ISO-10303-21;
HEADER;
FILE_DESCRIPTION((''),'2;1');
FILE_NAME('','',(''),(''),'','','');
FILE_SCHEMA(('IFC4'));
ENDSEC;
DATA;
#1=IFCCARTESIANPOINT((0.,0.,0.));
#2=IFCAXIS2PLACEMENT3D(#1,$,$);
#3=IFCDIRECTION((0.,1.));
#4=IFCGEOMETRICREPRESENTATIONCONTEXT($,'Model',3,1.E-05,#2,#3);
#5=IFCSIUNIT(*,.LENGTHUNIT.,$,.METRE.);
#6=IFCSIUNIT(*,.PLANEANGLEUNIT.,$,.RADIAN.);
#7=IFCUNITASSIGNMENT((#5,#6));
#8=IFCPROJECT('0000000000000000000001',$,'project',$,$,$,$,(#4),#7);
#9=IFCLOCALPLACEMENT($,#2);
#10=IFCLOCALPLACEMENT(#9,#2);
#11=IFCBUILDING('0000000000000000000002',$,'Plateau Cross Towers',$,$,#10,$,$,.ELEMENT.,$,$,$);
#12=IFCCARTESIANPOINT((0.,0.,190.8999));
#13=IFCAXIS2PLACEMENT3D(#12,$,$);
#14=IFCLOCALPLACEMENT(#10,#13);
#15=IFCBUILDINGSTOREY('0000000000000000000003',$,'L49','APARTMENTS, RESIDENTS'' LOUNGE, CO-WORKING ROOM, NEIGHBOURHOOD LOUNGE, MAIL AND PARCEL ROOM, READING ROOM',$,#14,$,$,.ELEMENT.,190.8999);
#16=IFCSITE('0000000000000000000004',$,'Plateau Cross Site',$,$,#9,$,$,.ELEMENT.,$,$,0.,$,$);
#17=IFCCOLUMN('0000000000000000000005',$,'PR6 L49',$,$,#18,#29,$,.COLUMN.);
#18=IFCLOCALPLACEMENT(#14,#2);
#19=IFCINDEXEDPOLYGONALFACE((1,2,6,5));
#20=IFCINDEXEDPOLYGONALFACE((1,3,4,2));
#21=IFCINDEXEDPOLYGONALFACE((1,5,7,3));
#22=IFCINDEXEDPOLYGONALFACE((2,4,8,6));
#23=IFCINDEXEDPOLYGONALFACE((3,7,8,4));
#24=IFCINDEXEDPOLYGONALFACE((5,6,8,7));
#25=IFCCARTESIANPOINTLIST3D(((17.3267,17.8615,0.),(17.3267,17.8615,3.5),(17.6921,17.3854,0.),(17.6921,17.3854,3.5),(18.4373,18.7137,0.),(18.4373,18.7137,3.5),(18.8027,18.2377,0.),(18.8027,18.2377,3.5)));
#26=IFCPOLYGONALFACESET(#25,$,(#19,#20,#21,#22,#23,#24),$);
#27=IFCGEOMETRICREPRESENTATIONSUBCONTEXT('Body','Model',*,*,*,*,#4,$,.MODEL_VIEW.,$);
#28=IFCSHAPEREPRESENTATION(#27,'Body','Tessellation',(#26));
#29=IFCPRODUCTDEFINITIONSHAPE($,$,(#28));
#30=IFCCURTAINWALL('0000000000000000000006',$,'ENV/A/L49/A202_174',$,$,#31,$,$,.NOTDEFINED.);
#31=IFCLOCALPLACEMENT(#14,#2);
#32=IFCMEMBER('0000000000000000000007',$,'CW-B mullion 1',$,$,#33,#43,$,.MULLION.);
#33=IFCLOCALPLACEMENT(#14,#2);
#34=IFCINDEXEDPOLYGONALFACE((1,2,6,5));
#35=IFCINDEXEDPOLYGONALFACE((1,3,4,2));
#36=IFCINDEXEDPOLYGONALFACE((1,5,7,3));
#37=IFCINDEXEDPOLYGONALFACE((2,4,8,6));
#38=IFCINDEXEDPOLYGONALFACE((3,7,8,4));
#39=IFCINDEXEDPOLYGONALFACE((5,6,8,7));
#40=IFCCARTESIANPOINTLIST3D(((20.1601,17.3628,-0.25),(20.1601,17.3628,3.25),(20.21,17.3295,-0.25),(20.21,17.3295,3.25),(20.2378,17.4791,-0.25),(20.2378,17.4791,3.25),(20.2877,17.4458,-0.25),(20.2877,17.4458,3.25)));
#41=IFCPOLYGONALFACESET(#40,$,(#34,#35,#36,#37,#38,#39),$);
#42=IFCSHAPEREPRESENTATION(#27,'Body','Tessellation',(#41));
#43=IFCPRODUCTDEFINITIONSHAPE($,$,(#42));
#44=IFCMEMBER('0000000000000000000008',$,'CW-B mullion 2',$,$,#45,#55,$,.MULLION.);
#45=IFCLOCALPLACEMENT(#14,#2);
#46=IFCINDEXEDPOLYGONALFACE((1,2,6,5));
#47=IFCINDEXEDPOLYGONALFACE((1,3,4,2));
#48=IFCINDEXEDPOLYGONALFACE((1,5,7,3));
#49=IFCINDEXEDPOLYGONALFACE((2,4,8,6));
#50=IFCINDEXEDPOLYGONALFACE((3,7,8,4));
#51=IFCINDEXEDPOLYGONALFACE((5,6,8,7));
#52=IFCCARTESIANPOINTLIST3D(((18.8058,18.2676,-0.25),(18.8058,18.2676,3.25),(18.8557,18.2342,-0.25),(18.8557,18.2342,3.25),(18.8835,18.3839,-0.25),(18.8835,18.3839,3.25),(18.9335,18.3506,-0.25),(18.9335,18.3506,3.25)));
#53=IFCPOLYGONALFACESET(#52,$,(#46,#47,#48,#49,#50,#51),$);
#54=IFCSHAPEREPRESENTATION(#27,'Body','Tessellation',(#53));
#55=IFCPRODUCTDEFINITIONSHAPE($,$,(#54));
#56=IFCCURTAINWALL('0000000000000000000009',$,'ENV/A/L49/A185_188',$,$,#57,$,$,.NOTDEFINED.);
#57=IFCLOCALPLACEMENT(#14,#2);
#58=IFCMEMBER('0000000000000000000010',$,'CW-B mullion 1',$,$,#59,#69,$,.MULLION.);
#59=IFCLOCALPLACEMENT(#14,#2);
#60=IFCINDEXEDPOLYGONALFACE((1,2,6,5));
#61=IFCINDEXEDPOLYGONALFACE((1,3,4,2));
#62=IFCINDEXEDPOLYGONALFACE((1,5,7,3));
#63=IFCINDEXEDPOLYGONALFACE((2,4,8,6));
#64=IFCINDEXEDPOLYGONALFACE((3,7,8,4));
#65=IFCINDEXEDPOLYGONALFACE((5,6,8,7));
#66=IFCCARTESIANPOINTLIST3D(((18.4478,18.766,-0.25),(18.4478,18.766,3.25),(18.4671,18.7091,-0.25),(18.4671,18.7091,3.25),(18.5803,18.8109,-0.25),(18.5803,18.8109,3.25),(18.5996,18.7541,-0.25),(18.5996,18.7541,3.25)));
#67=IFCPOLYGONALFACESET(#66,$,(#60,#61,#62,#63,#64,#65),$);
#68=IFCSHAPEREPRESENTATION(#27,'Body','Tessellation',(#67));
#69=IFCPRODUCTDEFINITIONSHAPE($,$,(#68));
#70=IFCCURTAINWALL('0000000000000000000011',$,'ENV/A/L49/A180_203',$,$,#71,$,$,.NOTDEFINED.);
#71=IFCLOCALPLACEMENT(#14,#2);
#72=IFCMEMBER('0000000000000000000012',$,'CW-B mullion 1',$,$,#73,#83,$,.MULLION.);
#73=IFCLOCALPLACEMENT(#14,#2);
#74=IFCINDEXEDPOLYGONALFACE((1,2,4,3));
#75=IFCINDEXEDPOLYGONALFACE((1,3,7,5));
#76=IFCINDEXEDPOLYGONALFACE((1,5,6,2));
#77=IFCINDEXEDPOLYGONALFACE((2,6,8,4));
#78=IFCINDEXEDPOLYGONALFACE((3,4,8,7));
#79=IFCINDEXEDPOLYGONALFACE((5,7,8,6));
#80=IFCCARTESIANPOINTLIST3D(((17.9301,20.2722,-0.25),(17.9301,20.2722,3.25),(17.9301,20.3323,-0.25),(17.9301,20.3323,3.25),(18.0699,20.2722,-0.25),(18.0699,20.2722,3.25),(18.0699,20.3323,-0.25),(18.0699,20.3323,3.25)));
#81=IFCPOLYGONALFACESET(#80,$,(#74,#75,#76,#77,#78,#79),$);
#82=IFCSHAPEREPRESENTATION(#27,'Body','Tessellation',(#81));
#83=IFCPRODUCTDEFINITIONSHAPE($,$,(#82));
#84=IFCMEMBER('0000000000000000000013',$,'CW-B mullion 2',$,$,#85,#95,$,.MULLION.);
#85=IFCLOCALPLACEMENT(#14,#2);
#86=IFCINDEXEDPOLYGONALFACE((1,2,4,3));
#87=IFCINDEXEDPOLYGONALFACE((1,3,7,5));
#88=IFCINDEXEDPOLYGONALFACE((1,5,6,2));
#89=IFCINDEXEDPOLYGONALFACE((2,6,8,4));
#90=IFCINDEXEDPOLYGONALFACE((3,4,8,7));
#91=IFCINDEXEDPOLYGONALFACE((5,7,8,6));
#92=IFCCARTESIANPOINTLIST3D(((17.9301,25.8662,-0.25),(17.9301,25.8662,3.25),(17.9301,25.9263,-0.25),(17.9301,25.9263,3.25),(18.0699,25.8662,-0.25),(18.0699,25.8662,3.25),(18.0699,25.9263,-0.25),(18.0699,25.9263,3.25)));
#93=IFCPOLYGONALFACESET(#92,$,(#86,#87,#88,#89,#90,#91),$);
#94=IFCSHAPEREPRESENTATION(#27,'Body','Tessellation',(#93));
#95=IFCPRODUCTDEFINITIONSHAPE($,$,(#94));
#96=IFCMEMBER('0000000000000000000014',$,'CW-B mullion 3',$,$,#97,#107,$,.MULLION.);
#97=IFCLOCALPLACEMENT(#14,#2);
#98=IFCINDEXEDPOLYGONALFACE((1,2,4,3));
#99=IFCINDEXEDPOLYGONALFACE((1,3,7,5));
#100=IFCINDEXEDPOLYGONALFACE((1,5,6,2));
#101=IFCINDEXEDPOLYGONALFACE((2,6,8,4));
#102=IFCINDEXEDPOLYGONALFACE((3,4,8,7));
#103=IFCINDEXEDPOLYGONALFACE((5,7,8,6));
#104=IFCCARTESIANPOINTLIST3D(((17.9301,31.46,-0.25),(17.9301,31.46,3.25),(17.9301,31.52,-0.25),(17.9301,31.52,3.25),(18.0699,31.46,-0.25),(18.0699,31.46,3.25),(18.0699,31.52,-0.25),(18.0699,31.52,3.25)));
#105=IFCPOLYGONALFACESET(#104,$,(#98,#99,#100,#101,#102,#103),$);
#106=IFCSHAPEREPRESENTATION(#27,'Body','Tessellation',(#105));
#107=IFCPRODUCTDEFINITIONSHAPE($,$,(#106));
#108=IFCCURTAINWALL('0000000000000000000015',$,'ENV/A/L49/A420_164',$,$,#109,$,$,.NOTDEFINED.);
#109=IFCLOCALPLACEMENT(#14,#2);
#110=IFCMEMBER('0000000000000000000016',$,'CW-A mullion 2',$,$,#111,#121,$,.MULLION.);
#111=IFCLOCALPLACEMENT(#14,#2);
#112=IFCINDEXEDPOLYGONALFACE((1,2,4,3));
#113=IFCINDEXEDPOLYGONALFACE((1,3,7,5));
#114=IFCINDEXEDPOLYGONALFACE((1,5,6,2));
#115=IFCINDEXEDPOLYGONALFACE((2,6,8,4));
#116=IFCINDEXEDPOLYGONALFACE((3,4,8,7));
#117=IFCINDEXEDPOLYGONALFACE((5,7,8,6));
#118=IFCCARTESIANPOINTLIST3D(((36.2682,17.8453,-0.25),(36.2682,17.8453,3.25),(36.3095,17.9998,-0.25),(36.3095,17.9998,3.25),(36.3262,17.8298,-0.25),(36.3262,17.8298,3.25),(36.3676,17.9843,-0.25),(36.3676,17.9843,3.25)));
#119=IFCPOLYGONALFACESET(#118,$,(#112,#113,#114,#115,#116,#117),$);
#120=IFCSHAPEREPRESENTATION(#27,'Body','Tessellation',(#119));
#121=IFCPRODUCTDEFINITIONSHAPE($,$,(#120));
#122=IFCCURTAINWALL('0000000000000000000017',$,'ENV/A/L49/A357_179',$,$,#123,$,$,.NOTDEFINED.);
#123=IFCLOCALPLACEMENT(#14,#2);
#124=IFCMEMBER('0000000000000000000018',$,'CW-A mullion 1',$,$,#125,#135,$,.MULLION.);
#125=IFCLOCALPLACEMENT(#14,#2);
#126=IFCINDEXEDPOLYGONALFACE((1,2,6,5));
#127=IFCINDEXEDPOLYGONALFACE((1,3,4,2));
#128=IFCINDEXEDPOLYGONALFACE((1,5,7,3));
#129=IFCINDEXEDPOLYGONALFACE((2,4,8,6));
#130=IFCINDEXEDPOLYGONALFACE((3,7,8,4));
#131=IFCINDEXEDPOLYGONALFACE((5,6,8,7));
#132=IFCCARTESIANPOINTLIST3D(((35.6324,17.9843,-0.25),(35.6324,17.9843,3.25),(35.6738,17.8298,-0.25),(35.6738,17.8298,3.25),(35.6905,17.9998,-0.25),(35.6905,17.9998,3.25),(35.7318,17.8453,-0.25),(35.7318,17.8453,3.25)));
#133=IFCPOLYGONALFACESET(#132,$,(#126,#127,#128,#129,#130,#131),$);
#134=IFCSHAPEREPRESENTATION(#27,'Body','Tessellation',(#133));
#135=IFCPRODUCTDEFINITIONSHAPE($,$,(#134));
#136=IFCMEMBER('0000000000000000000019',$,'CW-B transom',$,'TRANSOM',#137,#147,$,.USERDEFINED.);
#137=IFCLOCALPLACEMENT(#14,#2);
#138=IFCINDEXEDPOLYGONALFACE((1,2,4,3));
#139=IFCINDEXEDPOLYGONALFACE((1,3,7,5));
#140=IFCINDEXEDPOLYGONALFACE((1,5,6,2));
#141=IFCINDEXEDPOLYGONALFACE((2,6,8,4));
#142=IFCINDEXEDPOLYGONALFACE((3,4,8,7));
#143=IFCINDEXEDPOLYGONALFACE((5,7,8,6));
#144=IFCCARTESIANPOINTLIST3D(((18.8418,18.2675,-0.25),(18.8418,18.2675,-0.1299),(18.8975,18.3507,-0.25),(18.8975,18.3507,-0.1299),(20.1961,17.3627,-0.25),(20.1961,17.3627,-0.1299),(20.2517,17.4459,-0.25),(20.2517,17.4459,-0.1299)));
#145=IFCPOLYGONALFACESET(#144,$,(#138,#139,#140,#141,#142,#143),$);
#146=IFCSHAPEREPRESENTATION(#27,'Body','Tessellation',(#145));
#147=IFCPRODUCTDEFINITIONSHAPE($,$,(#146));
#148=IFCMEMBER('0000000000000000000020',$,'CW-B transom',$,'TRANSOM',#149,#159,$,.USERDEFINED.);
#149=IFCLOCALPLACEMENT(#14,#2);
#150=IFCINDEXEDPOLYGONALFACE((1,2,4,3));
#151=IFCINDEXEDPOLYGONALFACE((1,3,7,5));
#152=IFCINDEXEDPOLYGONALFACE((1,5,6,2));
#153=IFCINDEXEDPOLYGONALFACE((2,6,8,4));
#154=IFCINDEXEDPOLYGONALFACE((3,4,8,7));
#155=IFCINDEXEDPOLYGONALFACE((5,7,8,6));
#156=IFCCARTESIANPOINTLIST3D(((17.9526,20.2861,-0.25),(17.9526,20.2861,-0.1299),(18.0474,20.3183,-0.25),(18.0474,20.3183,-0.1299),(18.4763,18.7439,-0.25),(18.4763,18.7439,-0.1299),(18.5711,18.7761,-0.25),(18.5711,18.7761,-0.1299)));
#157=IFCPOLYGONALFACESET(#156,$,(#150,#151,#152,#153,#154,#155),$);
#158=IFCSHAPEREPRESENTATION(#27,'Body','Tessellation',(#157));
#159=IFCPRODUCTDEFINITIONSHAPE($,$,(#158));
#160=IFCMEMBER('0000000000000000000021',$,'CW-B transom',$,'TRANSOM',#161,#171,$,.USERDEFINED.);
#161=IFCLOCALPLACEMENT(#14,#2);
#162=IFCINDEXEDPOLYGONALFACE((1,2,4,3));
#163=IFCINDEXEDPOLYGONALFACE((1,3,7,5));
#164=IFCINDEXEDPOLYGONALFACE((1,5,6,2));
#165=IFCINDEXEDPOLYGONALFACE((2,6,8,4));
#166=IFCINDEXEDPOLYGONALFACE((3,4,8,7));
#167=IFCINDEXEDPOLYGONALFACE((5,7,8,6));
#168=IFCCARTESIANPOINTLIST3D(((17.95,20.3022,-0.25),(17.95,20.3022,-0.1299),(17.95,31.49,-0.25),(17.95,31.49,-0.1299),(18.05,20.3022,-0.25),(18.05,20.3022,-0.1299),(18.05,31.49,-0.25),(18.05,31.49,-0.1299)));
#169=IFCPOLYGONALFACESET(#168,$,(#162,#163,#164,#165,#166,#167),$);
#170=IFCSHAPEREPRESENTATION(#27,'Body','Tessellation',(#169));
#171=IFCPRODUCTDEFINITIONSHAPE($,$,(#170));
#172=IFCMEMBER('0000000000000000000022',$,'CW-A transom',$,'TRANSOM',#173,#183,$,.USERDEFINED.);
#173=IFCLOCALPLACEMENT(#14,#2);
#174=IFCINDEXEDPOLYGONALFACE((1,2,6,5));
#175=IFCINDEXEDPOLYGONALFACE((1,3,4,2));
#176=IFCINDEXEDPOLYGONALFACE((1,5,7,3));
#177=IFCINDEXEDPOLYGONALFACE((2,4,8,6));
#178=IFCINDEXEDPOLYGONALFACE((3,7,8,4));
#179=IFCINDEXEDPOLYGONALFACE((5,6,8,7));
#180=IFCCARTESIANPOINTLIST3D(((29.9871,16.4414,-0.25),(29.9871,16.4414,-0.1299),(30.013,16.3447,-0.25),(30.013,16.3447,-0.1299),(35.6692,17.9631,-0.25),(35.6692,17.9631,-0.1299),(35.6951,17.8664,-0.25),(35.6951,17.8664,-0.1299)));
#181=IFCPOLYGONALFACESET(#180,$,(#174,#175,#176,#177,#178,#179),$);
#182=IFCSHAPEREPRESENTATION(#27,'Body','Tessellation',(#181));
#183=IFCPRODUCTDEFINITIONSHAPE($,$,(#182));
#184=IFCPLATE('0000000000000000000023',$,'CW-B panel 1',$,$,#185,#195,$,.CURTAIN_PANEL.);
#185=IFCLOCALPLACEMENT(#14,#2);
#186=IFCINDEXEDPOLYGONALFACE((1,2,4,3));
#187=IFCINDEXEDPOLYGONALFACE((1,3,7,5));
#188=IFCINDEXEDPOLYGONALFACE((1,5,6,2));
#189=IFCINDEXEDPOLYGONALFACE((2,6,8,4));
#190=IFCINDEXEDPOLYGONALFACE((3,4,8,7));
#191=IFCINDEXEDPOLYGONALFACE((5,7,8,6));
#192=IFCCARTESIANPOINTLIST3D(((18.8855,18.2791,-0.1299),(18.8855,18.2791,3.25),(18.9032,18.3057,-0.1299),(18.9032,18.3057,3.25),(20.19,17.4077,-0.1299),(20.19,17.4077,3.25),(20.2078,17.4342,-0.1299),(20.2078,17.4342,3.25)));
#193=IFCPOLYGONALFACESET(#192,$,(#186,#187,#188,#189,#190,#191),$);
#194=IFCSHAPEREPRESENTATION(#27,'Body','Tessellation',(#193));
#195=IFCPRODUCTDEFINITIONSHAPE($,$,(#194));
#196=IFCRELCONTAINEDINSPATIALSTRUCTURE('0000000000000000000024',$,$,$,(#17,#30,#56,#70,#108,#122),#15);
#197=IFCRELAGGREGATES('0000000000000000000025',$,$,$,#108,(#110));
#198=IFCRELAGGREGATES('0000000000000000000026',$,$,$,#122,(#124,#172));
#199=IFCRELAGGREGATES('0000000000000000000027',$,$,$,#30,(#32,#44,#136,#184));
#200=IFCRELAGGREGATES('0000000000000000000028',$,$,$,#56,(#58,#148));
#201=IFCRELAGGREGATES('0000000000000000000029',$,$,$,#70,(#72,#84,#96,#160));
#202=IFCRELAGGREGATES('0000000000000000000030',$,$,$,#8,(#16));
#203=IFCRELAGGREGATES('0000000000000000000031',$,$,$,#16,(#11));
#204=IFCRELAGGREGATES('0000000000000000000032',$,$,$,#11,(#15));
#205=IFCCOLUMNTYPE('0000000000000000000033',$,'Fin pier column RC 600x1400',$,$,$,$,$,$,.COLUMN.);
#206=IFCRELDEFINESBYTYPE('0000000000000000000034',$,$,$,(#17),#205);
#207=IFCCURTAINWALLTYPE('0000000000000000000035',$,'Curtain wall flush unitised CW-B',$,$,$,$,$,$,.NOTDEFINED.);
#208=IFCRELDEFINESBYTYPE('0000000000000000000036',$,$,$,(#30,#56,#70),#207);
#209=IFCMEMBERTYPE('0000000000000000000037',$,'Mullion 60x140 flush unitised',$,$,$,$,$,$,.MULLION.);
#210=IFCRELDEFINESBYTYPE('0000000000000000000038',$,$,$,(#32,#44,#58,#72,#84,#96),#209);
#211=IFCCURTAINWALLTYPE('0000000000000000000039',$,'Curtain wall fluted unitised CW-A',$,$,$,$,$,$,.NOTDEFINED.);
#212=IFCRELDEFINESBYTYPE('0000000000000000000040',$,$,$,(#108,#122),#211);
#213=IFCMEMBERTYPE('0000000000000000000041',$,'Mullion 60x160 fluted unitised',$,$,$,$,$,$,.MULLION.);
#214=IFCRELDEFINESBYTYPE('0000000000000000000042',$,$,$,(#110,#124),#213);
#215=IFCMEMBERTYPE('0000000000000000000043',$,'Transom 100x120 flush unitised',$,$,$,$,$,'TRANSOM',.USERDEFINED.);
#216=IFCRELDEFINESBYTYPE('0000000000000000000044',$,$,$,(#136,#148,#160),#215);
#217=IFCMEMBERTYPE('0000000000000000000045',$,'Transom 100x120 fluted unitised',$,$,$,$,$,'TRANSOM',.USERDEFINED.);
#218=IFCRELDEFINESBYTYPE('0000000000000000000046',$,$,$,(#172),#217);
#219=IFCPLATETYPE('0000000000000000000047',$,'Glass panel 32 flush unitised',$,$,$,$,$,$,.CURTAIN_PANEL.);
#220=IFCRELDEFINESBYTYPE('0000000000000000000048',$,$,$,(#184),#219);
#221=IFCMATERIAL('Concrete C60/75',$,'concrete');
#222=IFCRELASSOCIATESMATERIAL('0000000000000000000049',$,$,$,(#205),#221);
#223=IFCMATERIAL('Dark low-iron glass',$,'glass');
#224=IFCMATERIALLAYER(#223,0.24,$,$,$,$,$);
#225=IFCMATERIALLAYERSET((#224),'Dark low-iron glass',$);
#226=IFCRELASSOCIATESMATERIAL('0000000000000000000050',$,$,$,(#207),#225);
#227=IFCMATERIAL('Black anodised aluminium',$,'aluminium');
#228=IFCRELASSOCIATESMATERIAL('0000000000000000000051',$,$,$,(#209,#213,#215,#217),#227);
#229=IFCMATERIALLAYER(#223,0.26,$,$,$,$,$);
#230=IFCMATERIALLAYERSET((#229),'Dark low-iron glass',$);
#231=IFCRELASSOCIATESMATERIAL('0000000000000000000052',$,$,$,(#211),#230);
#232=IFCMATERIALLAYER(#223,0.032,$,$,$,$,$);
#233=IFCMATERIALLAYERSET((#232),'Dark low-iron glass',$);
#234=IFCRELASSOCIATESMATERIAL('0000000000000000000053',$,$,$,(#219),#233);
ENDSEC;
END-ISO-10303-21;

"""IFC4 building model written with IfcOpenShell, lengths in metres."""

from ifc_helpers import new_model, si_unit, direction, frame, origin, origin_2d, place, context, subcontext, project, spatial, rectangle, extrude, material, layer, layer_set, material_profile, profile_set, type_object, element, aggregate, save


model = new_model("IFC4")

# Units and contexts
model_context = context("Model", 3, precision=1e-05, world=origin(), true_north=direction((0.0, 1.0)))
body_context = subcontext(model_context, "Body", "Model", "MODEL_VIEW")
ifc_project = project(units=[si_unit("LENGTHUNIT", "METRE"), si_unit("PLANEANGLEUNIT", "RADIAN")], contexts=[model_context])

# Site, building, storey
site_placement = place(None, origin())
site = spatial("IfcSite", under=ifc_project, at=site_placement, Name="Plateau Cross Site", CompositionType="ELEMENT", RefElevation=0.0)
building_placement = place(site_placement, origin())
building = spatial("IfcBuilding", under=site, at=building_placement, Name="Plateau Cross Towers", CompositionType="ELEMENT")
storey_placement = place(building_placement, frame((0.0, 0.0, 190.8999)))
storey = spatial("IfcBuildingStorey", under=building, at=storey_placement, Name="L49", Description="APARTMENTS, RESIDENTS' LOUNGE, CO-WORKING ROOM, NEIGHBOURHOOD LOUNGE, MAIL AND PARCEL ROOM, READING ROOM", CompositionType="ELEMENT", Elevation=190.8999)

# Column
ifc_material_1 = material(Name="Concrete C60/75", Category="concrete")
ifc_material_profile_1 = material_profile(ifc_material_1, rectangle(XDim=0.6001, YDim=1.3999, at=origin_2d()), Name="RC 600x1400")
ifc_profile_set_1 = profile_set([ifc_material_profile_1], Name="Concrete C60/75")
column_type = type_object("IfcColumnType", Name="Fin pier column RC 600x1400", PredefinedType="COLUMN", material=ifc_profile_set_1)
column_placement = place(storey_placement, frame((18.0647, 18.0496, 0.0), z_axis=(0.0, 0.0, 1.0), x_axis=(-0.608811, 0.793315, 0.0)))
element("IfcColumn", 1, at=column_placement, inside=storey, type_object=column_type, Name="PR6 L49", PredefinedType="COLUMN", context=body_context, shape_type="SweptSolid", body=[
    extrude(rectangle(XDim=0.6001, YDim=1.3999, at=origin_2d()), origin(), (0.0, 0.0, 1.0), 3.5),
])

# Curtain wall, members
ifc_material_2 = material(Name="Dark low-iron glass", Category="glass")
ifc_layer_1 = layer(ifc_material_2, 0.24)
ifc_layer_set_1 = layer_set([ifc_layer_1], Name="Dark low-iron glass")
curtain_wall_type_1 = type_object("IfcCurtainWallType", Name="Curtain wall flush unitised CW-B", PredefinedType="NOTDEFINED", material=ifc_layer_set_1)
curtain_wall_1_placement = place(storey_placement, origin())
curtain_wall_1 = element("IfcCurtainWall", 2, at=curtain_wall_1_placement, inside=storey, type_object=curtain_wall_type_1, Name="ENV/A/L49/A202_174", PredefinedType="NOTDEFINED")
ifc_material_3 = material(Name="Black anodised aluminium", Category="aluminium")
ifc_material_profile_2 = material_profile(ifc_material_3, rectangle(XDim=0.0601, YDim=0.1399, at=origin_2d()), Name="MULLION 60x140")
ifc_profile_set_2 = profile_set([ifc_material_profile_2], Name="Black anodised aluminium")
member_type_1 = type_object("IfcMemberType", Name="Mullion 60x140 flush unitised", PredefinedType="MULLION", material=ifc_profile_set_2)
member_1_placement = place(storey_placement, frame((20.2239, 17.4043, -0.25), z_axis=(0.0, 0.0, 1.0), x_axis=(-0.831521, 0.555493, 0.0)))
member_1 = element("IfcMember", 3, at=member_1_placement, type_object=member_type_1, Name="CW-B mullion 1", PredefinedType="MULLION", context=body_context, shape_type="SweptSolid", body=[
    extrude(rectangle(XDim=0.0601, YDim=0.1399, at=origin_2d()), origin(), (0.0, 0.0, 1.0), 3.5),
])
member_2_placement = place(storey_placement, frame((18.8696, 18.3091, -0.25), z_axis=(0.0, 0.0, 1.0), x_axis=(-0.831521, 0.555493, 0.0)))
member_2 = element("IfcMember", 4, at=member_2_placement, type_object=member_type_1, Name="CW-B mullion 2", PredefinedType="MULLION", context=body_context, shape_type="SweptSolid", body=[
    extrude(rectangle(XDim=0.0601, YDim=0.1399, at=origin_2d()), origin(), (0.0, 0.0, 1.0), 3.5),
])

# Curtain wall, member
curtain_wall_2_placement = place(storey_placement, origin())
curtain_wall_2 = element("IfcCurtainWall", 5, at=curtain_wall_2_placement, inside=storey, type_object=curtain_wall_type_1, Name="ENV/A/L49/A185_188", PredefinedType="NOTDEFINED")
member_3_placement = place(storey_placement, frame((18.5237, 18.76, -0.25), z_axis=(0.0, 0.0, 1.0), x_axis=(-0.321469, 0.94692, 0.0)))
member_3 = element("IfcMember", 6, at=member_3_placement, type_object=member_type_1, Name="CW-B mullion 1", PredefinedType="MULLION", context=body_context, shape_type="SweptSolid", body=[
    extrude(rectangle(XDim=0.0601, YDim=0.1399, at=origin_2d()), origin(), (0.0, 0.0, 1.0), 3.5),
])

# Curtain wall, members
curtain_wall_3_placement = place(storey_placement, origin())
curtain_wall_3 = element("IfcCurtainWall", 7, at=curtain_wall_3_placement, inside=storey, type_object=curtain_wall_type_1, Name="ENV/A/L49/A180_203", PredefinedType="NOTDEFINED")
member_4_placement = place(storey_placement, frame((18.0, 20.3022, -0.25), z_axis=(0.0, 0.0, 1.0), x_axis=(0.0, 1.0, 0.0)))
member_4 = element("IfcMember", 8, at=member_4_placement, type_object=member_type_1, Name="CW-B mullion 1", PredefinedType="MULLION", context=body_context, shape_type="SweptSolid", body=[
    extrude(rectangle(XDim=0.0601, YDim=0.1399, at=origin_2d()), origin(), (0.0, 0.0, 1.0), 3.5),
])
member_5_placement = place(storey_placement, frame((18.0, 25.8962, -0.25), z_axis=(0.0, 0.0, 1.0), x_axis=(0.0, 1.0, 0.0)))
member_5 = element("IfcMember", 9, at=member_5_placement, type_object=member_type_1, Name="CW-B mullion 2", PredefinedType="MULLION", context=body_context, shape_type="SweptSolid", body=[
    extrude(rectangle(XDim=0.0601, YDim=0.1399, at=origin_2d()), origin(), (0.0, 0.0, 1.0), 3.5),
])
member_6_placement = place(storey_placement, frame((18.0, 31.49, -0.25), z_axis=(0.0, 0.0, 1.0), x_axis=(0.0, 1.0, 0.0)))
member_6 = element("IfcMember", 10, at=member_6_placement, type_object=member_type_1, Name="CW-B mullion 3", PredefinedType="MULLION", context=body_context, shape_type="SweptSolid", body=[
    extrude(rectangle(XDim=0.0601, YDim=0.1399, at=origin_2d()), origin(), (0.0, 0.0, 1.0), 3.5),
])

# Curtain walls, members
ifc_layer_2 = layer(ifc_material_2, 0.26)
ifc_layer_set_2 = layer_set([ifc_layer_2], Name="Dark low-iron glass")
curtain_wall_type_2 = type_object("IfcCurtainWallType", Name="Curtain wall fluted unitised CW-A", PredefinedType="NOTDEFINED", material=ifc_layer_set_2)
curtain_wall_4_placement = place(storey_placement, origin())
curtain_wall_4 = element("IfcCurtainWall", 11, at=curtain_wall_4_placement, inside=storey, type_object=curtain_wall_type_2, Name="ENV/A/L49/A420_164", PredefinedType="NOTDEFINED")
ifc_material_profile_3 = material_profile(ifc_material_3, rectangle(XDim=0.0601, YDim=0.1599, at=origin_2d()), Name="MULLION 60x160")
ifc_profile_set_3 = profile_set([ifc_material_profile_3], Name="Black anodised aluminium")
member_type_2 = type_object("IfcMemberType", Name="Mullion 60x160 fluted unitised", PredefinedType="MULLION", material=ifc_profile_set_3)
member_7_placement = place(storey_placement, frame((36.3179, 17.9148, -0.25), z_axis=(0.0, 0.0, 1.0), x_axis=(-0.965958, 0.258699, 0.0)))
member_7 = element("IfcMember", 12, at=member_7_placement, type_object=member_type_2, Name="CW-A mullion 2", PredefinedType="MULLION", context=body_context, shape_type="SweptSolid", body=[
    extrude(rectangle(XDim=0.0601, YDim=0.1599, at=origin_2d()), origin(), (0.0, 0.0, 1.0), 3.5),
])
aggregate(curtain_wall_4, [member_7])
curtain_wall_5_placement = place(storey_placement, origin())
curtain_wall_5 = element("IfcCurtainWall", 13, at=curtain_wall_5_placement, inside=storey, type_object=curtain_wall_type_2, Name="ENV/A/L49/A357_179", PredefinedType="NOTDEFINED")
member_8_placement = place(storey_placement, frame((35.6821, 17.9148, -0.25), z_axis=(0.0, 0.0, 1.0), x_axis=(-0.965958, -0.258699, 0.0)))
member_8 = element("IfcMember", 14, at=member_8_placement, type_object=member_type_2, Name="CW-A mullion 1", PredefinedType="MULLION", context=body_context, shape_type="SweptSolid", body=[
    extrude(rectangle(XDim=0.0601, YDim=0.1599, at=origin_2d()), origin(), (0.0, 0.0, 1.0), 3.5),
])

# Members
ifc_material_profile_4 = material_profile(ifc_material_3, rectangle(XDim=0.1001, YDim=0.1201, at=origin_2d()), Name="TRANSOM 100x120")
ifc_profile_set_4 = profile_set([ifc_material_profile_4], Name="Black anodised aluminium")
member_type_3 = type_object("IfcMemberType", Name="Transom 100x120 flush unitised", ElementType="TRANSOM", PredefinedType="USERDEFINED", material=ifc_profile_set_4)
member_9_placement = place(storey_placement, frame((20.2239, 17.4043, -0.1899), z_axis=(-0.831496, 0.55553, 0.0), x_axis=(-0.55553, -0.831496, 0.0)))
member_9 = element("IfcMember", 15, at=member_9_placement, type_object=member_type_3, Name="CW-B transom", ObjectType="TRANSOM", PredefinedType="USERDEFINED", context=body_context, shape_type="SweptSolid", body=[
    extrude(rectangle(XDim=0.1001, YDim=0.1201, at=origin_2d()), origin(), (0.0, 0.0, 1.0), 1.6287),
])
member_10_placement = place(storey_placement, frame((18.5237, 18.76, -0.1899), z_axis=(-0.321529, 0.9469, 0.0), x_axis=(-0.9469, -0.321529, 0.0)))
member_10 = element("IfcMember", 16, at=member_10_placement, type_object=member_type_3, Name="CW-B transom", ObjectType="TRANSOM", PredefinedType="USERDEFINED", context=body_context, shape_type="SweptSolid", body=[
    extrude(rectangle(XDim=0.1001, YDim=0.1201, at=origin_2d()), origin(), (0.0, 0.0, 1.0), 1.6287),
])
member_11_placement = place(storey_placement, frame((18.0, 20.3022, -0.1899), z_axis=(0.0, 1.0, 0.0), x_axis=(-1.0, 0.0, 0.0)))
member_11 = element("IfcMember", 17, at=member_11_placement, type_object=member_type_3, Name="CW-B transom", ObjectType="TRANSOM", PredefinedType="USERDEFINED", context=body_context, shape_type="SweptSolid", body=[
    extrude(rectangle(XDim=0.1001, YDim=0.1201, at=origin_2d()), origin(), (0.0, 0.0, 1.0), 11.1877),
])
ifc_material_profile_5 = material_profile(ifc_material_3, rectangle(XDim=0.1001, YDim=0.1201, at=origin_2d()), Name="TRANSOM 100x120")
ifc_profile_set_5 = profile_set([ifc_material_profile_5], Name="Black anodised aluminium")
member_type_4 = type_object("IfcMemberType", Name="Transom 100x120 fluted unitised", ElementType="TRANSOM", PredefinedType="USERDEFINED", material=ifc_profile_set_5)
member_12_placement = place(storey_placement, frame((35.6821, 17.9148, -0.1899), z_axis=(-0.96596, -0.258693, 0.0), x_axis=(0.258693, -0.96596, 0.0)))
member_12 = element("IfcMember", 18, at=member_12_placement, type_object=member_type_4, Name="CW-A transom", ObjectType="TRANSOM", PredefinedType="USERDEFINED", context=body_context, shape_type="SweptSolid", body=[
    extrude(rectangle(XDim=0.1001, YDim=0.1201, at=origin_2d()), origin(), (0.0, 0.0, 1.0), 5.8823),
])
aggregate(curtain_wall_5, [member_8, member_12])

# Plate
ifc_layer_3 = layer(ifc_material_2, 0.032)
ifc_layer_set_3 = layer_set([ifc_layer_3], Name="Dark low-iron glass")
plate_type = type_object("IfcPlateType", Name="Glass panel 32 flush unitised", PredefinedType="CURTAIN_PANEL", material=ifc_layer_set_3)
plate_1_placement = place(storey_placement, frame((19.5466, 17.8567, -0.1299), z_axis=(0.0, 0.0, 1.0), x_axis=(-0.831521, 0.555493, 0.0)))
plate_1 = element("IfcPlate", 19, at=plate_1_placement, type_object=plate_type, Name="CW-B panel 1", PredefinedType="CURTAIN_PANEL", context=body_context, shape_type="SweptSolid", body=[
    extrude(rectangle(XDim=1.5688, YDim=0.032, at=origin_2d()), origin(), (0.0, 0.0, 1.0), 3.3799),
])
aggregate(curtain_wall_1, [member_1, member_2, member_9, plate_1])
aggregate(curtain_wall_2, [member_3, member_10])
aggregate(curtain_wall_3, [member_4, member_5, member_6, member_11])

save(model, "model.ifc")
